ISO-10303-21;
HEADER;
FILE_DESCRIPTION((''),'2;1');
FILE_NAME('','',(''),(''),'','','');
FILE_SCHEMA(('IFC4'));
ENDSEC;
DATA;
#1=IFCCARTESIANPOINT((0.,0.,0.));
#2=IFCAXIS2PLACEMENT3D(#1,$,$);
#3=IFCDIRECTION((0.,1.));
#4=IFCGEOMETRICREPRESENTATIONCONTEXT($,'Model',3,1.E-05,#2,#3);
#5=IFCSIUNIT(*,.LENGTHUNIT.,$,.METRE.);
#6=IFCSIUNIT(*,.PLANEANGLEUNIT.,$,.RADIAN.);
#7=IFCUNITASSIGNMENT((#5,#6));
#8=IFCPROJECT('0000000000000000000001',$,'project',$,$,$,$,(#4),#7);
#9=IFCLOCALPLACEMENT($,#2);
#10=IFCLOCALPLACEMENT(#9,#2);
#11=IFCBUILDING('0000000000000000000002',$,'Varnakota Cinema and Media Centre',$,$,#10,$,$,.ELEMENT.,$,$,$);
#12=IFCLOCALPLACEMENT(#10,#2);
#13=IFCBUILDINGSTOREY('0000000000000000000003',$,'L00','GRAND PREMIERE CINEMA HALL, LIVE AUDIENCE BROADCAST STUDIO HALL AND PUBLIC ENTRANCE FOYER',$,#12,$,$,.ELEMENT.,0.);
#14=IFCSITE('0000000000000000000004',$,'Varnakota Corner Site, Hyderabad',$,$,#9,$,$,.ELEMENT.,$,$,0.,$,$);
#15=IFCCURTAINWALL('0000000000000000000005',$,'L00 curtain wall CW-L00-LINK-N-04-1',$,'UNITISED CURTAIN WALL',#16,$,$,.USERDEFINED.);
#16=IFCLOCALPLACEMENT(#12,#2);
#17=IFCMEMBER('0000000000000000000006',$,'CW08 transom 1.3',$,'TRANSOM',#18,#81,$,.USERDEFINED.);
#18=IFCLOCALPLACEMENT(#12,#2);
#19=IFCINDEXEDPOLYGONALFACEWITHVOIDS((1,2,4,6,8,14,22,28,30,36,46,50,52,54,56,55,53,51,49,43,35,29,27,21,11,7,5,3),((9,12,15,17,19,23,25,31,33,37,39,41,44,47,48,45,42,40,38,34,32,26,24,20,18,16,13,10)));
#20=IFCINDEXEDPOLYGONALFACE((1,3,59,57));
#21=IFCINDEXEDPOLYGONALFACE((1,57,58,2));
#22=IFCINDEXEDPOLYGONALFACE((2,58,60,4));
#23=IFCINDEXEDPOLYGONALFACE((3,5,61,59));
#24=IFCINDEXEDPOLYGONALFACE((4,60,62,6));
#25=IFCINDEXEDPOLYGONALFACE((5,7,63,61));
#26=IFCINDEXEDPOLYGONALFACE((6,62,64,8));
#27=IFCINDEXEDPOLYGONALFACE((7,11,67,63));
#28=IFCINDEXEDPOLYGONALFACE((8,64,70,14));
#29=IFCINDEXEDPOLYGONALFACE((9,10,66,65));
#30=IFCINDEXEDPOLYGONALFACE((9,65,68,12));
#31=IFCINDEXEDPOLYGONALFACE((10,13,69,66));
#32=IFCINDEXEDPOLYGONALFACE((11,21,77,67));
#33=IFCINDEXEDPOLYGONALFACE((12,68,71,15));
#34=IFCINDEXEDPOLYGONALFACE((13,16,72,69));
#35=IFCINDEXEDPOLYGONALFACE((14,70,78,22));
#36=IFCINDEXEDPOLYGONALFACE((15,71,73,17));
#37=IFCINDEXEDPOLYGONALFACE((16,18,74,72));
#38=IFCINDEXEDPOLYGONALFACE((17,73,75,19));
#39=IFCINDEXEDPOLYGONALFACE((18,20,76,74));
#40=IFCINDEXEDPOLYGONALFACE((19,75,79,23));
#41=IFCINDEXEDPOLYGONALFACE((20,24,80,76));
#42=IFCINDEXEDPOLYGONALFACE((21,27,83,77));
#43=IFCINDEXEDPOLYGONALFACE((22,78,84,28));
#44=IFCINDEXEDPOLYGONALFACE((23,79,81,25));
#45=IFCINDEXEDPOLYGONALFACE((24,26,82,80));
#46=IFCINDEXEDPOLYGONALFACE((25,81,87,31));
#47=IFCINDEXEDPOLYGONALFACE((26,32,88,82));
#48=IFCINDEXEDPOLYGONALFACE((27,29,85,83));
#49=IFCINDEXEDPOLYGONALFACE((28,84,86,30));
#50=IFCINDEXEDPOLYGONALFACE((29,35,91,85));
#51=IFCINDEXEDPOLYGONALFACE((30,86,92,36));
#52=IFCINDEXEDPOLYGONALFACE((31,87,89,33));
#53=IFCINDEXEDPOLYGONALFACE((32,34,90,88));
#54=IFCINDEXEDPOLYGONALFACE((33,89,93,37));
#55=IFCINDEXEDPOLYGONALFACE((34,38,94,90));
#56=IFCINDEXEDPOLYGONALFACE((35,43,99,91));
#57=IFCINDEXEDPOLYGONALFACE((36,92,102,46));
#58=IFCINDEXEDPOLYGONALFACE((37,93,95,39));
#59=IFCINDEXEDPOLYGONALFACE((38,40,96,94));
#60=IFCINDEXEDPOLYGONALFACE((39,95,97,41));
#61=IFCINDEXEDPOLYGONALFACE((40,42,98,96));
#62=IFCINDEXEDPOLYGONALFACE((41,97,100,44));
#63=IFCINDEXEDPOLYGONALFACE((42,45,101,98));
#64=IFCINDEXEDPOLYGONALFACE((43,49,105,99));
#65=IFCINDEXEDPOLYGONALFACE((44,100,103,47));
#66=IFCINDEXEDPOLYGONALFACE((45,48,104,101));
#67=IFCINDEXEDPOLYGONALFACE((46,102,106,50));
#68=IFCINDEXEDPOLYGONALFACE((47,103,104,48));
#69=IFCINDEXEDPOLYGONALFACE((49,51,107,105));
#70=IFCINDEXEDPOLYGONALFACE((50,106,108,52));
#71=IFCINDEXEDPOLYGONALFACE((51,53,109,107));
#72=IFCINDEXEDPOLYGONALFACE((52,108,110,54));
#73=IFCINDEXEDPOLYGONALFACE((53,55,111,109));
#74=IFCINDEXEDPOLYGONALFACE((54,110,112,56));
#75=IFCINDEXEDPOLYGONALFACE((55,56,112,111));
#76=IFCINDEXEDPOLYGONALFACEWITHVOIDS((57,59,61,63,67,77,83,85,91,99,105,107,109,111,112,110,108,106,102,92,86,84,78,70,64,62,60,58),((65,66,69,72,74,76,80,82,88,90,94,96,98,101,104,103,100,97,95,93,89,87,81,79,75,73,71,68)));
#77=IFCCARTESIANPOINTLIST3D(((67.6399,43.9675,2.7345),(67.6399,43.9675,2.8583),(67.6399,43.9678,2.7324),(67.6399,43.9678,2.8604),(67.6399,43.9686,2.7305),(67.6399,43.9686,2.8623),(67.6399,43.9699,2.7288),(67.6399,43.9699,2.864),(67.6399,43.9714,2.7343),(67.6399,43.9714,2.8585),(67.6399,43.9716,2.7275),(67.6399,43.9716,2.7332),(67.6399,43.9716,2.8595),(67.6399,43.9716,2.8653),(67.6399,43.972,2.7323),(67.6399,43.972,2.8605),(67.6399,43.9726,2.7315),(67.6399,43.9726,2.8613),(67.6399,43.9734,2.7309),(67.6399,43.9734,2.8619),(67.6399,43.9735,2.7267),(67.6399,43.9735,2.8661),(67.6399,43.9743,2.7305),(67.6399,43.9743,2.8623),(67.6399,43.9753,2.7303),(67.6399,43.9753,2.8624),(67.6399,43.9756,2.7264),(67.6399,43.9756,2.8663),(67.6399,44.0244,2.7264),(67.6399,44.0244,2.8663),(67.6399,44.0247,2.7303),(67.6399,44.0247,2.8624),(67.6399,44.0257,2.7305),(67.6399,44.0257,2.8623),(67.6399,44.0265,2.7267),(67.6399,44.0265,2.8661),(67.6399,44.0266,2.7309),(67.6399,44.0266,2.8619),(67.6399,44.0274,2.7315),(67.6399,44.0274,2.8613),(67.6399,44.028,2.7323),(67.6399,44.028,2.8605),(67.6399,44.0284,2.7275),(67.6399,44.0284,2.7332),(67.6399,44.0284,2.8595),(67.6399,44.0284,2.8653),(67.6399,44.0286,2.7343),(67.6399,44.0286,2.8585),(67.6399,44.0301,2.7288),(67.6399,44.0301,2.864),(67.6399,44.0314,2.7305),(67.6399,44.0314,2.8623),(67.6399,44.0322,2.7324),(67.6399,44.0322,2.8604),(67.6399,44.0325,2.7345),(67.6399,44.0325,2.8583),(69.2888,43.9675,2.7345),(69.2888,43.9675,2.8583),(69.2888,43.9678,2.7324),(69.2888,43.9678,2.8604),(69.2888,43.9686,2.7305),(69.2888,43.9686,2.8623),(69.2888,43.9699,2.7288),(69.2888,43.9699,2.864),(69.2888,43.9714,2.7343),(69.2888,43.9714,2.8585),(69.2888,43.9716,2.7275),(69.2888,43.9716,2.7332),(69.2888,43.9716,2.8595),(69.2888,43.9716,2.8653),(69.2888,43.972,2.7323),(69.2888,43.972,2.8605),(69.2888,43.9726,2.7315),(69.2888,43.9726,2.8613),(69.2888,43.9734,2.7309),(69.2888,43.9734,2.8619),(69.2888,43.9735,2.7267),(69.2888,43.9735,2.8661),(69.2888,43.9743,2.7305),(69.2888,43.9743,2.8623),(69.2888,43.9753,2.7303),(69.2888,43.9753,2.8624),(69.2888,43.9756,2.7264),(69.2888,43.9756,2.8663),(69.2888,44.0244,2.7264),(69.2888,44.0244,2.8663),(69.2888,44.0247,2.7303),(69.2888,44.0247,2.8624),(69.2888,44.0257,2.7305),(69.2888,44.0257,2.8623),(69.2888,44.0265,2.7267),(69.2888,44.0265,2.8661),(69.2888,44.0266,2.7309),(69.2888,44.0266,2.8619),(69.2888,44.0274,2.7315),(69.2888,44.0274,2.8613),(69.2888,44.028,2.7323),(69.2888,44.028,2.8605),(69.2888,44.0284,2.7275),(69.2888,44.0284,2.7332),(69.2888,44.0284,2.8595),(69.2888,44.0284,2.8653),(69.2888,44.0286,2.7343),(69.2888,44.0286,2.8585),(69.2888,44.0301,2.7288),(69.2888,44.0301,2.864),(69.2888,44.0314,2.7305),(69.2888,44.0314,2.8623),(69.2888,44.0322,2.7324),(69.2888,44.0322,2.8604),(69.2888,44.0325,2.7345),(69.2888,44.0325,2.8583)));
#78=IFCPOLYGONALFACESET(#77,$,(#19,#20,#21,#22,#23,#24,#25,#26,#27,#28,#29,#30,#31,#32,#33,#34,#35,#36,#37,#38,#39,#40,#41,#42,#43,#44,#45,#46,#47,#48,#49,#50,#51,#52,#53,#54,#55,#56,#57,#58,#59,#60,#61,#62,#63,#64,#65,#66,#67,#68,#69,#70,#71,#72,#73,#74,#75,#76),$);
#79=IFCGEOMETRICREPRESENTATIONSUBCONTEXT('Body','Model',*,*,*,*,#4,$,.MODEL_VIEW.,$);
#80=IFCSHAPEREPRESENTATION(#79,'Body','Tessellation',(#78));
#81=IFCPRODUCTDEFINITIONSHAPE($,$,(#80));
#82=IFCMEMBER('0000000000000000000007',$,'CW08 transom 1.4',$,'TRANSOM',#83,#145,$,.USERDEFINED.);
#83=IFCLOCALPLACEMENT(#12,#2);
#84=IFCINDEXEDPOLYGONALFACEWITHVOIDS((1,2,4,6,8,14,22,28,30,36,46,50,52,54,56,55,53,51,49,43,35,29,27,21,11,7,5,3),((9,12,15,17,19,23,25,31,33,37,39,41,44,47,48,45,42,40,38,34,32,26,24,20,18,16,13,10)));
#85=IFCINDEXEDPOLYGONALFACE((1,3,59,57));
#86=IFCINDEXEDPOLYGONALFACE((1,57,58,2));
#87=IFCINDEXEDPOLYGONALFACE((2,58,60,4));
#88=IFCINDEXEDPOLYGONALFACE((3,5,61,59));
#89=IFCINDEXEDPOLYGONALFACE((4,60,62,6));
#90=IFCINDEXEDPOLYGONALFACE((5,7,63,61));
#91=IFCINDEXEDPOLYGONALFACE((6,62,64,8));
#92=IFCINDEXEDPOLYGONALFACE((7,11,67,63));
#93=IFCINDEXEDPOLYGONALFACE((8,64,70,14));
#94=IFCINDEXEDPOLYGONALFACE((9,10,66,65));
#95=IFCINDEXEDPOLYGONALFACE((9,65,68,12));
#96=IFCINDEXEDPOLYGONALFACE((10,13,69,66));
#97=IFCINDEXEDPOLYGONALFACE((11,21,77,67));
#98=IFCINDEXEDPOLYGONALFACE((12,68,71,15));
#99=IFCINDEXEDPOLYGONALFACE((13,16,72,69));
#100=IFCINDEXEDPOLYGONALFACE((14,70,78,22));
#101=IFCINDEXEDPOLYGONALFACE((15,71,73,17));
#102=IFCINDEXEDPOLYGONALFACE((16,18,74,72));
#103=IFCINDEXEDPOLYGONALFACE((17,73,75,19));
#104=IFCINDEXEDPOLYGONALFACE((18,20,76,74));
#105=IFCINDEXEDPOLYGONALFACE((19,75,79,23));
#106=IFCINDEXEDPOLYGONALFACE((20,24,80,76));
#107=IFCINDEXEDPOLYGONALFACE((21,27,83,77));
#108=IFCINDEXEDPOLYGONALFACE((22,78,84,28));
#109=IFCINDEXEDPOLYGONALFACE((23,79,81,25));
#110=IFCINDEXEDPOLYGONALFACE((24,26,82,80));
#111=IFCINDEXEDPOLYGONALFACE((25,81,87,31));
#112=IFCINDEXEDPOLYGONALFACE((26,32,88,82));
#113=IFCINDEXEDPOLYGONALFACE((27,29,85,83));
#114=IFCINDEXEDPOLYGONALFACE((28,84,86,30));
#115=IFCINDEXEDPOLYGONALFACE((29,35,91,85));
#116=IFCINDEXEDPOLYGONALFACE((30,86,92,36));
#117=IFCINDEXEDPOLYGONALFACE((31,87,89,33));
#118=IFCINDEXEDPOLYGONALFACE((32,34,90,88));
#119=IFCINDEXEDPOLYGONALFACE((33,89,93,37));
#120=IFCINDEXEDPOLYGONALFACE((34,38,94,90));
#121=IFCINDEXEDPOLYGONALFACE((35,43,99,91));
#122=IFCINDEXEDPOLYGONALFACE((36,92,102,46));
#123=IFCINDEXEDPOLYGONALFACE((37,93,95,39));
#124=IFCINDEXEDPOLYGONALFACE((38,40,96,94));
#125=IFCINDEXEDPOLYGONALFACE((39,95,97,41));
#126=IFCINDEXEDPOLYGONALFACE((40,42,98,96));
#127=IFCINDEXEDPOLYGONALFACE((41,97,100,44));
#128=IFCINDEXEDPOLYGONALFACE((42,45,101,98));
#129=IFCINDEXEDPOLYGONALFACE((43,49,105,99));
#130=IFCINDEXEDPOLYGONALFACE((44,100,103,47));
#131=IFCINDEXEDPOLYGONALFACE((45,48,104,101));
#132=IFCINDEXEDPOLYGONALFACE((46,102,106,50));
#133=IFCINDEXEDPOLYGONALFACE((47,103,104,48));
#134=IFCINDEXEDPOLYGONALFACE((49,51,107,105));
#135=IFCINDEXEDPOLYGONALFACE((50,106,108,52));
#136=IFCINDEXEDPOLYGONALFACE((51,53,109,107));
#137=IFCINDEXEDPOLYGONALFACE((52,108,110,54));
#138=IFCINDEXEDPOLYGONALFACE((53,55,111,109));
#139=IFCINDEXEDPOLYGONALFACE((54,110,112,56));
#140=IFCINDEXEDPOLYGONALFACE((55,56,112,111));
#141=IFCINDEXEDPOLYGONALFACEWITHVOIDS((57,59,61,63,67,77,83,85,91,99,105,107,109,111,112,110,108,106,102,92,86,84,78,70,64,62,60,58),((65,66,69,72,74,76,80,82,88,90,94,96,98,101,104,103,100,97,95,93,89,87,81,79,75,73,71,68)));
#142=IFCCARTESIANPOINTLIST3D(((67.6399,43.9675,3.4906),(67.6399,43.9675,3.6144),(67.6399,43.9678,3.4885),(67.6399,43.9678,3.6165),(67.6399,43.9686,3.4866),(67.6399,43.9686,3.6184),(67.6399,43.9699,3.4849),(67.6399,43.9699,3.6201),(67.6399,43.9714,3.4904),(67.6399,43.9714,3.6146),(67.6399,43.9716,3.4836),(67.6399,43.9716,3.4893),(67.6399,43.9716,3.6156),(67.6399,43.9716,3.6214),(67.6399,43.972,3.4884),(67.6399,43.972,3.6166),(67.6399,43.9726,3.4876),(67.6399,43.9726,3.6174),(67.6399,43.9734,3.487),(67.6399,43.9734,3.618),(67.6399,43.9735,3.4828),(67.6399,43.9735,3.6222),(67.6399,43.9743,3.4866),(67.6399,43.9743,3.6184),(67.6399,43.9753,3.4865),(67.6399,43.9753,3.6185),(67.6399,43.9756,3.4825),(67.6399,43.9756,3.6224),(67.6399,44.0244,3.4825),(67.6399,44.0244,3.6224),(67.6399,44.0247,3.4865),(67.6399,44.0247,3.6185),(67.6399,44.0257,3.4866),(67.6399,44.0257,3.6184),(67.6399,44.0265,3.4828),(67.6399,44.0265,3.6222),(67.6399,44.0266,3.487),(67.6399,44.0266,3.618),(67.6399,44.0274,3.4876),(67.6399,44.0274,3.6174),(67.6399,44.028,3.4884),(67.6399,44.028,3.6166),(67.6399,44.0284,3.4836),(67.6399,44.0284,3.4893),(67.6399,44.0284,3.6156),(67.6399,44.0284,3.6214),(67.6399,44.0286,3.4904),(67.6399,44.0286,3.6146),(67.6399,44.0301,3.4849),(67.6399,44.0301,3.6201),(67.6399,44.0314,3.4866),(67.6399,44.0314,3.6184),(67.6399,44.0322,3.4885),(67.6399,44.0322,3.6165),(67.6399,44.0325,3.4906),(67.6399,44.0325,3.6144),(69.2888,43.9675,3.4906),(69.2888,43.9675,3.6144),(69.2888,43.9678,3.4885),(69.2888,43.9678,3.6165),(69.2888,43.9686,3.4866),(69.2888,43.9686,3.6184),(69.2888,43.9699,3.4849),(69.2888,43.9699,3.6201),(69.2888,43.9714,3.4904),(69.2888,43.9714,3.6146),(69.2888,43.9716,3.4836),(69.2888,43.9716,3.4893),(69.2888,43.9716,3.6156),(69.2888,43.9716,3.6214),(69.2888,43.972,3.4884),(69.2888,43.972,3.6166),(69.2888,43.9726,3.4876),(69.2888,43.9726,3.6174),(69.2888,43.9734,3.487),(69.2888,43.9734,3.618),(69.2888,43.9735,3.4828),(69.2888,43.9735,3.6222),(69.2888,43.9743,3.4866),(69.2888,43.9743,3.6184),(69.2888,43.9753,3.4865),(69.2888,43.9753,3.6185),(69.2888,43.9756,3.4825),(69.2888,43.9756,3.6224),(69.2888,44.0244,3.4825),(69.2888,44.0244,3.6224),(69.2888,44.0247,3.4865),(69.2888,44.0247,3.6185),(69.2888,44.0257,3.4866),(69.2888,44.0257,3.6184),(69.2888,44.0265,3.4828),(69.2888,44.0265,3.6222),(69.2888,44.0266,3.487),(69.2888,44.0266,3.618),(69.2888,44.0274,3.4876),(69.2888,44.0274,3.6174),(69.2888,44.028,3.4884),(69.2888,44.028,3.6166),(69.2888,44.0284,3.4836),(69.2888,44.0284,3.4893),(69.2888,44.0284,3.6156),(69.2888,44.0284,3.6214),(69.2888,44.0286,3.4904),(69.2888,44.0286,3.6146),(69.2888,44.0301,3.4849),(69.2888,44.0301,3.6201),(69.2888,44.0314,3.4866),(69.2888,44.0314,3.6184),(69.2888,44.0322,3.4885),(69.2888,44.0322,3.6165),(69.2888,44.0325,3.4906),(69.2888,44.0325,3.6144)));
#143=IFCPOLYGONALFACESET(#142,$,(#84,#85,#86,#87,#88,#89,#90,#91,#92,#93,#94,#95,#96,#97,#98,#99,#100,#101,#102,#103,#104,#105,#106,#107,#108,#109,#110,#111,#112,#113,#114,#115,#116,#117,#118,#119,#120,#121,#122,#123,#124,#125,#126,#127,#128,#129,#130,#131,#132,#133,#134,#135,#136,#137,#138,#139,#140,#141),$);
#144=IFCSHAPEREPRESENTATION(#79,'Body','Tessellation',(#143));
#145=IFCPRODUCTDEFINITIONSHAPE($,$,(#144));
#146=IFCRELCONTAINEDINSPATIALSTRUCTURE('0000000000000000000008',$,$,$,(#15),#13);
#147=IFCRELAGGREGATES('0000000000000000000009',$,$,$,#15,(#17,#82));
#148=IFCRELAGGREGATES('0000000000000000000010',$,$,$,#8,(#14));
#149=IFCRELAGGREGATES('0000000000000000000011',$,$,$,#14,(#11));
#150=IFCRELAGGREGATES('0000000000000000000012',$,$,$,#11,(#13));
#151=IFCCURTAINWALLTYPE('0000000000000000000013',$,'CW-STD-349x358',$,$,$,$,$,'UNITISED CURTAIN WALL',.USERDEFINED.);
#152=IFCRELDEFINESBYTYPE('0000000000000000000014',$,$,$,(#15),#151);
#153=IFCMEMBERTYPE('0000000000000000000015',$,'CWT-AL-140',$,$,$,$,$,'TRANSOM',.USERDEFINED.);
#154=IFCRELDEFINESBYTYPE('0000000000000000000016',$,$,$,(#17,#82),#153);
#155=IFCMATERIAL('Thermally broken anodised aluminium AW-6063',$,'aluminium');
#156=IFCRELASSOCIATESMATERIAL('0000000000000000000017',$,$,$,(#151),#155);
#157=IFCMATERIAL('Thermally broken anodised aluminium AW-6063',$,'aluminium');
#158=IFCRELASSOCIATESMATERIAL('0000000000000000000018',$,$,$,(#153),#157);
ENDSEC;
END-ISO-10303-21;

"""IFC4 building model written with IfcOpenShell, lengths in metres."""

from ifc_helpers import new_model, si_unit, direction, frame, origin, origin_2d, place, context, subcontext, project, spatial, hollow_rectangle, extrude, material, material_profile, profile_set, type_object, element, aggregate, save


model = new_model("IFC4")

# Units and contexts
model_context = context("Model", 3, precision=1e-05, world=origin(), true_north=direction((0.0, 1.0)))
body_context = subcontext(model_context, "Body", "Model", "MODEL_VIEW")
ifc_project = project(units=[si_unit("LENGTHUNIT", "METRE"), si_unit("PLANEANGLEUNIT", "RADIAN")], contexts=[model_context])

# Site, building, storey
site_placement = place(None, origin())
site = spatial("IfcSite", under=ifc_project, at=site_placement, Name="Varnakota Corner Site, Hyderabad", CompositionType="ELEMENT", RefElevation=0.0)
building_placement = place(site_placement, origin())
building = spatial("IfcBuilding", under=site, at=building_placement, Name="Varnakota Cinema and Media Centre", CompositionType="ELEMENT")
storey_placement = place(building_placement, origin())
storey = spatial("IfcBuildingStorey", under=building, at=storey_placement, Name="L00", Description="GRAND PREMIERE CINEMA HALL, LIVE AUDIENCE BROADCAST STUDIO HALL AND PUBLIC ENTRANCE FOYER", CompositionType="ELEMENT", Elevation=0.0)

# Curtain wall
ifc_material_1 = material(Name="Thermally broken anodised aluminium AW-6063", Category="aluminium")
curtain_wall_type = type_object("IfcCurtainWallType", Name="CW-STD-349x358", ElementType="UNITISED CURTAIN WALL", PredefinedType="USERDEFINED", material=ifc_material_1)
curtain_wall_1_placement = place(storey_placement, origin())
curtain_wall_1 = element("IfcCurtainWall", 1, at=curtain_wall_1_placement, inside=storey, type_object=curtain_wall_type, Name="L00 curtain wall CW-L00-LINK-N-04-1", ObjectType="UNITISED CURTAIN WALL", PredefinedType="USERDEFINED")

# Members
ifc_material_2 = material(Name="Thermally broken anodised aluminium AW-6063", Category="aluminium")
ifc_material_profile_1 = material_profile(ifc_material_2, hollow_rectangle(XDim=0.0649, YDim=0.1399, WallThickness=0.0039, InnerFilletRadius=0.0039, OuterFilletRadius=0.0081, at=origin_2d()), Name="AL-TRANSOM 140x65x4")
ifc_profile_set_1 = profile_set([ifc_material_profile_1], Name="Thermally broken anodised aluminium AW-6063")
member_type_1 = type_object("IfcMemberType", Name="CWT-AL-140", ElementType="TRANSOM", PredefinedType="USERDEFINED", material=ifc_profile_set_1)
member_1_placement = place(storey_placement, frame((67.6399, 44.0, 2.7964), z_axis=(1.0, 0.0, 0.0), x_axis=(0.0, 1.0, 0.0)))
member_1 = element("IfcMember", 2, at=member_1_placement, type_object=member_type_1, Name="CW08 transom 1.3", ObjectType="TRANSOM", PredefinedType="USERDEFINED", context=body_context, shape_type="SweptSolid", body=[
    extrude(hollow_rectangle(XDim=0.0649, YDim=0.1399, WallThickness=0.0039, InnerFilletRadius=0.0039, OuterFilletRadius=0.0081, at=origin_2d()), origin(), (0.0, 0.0, 1.0), 1.6489),
])
member_2_placement = place(storey_placement, frame((67.6399, 44.0, 3.5525), z_axis=(1.0, 0.0, 0.0), x_axis=(0.0, 1.0, 0.0)))
member_2 = element("IfcMember", 3, at=member_2_placement, type_object=member_type_1, Name="CW08 transom 1.4", ObjectType="TRANSOM", PredefinedType="USERDEFINED", context=body_context, shape_type="SweptSolid", body=[
    extrude(hollow_rectangle(XDim=0.0649, YDim=0.1399, WallThickness=0.0039, InnerFilletRadius=0.0039, OuterFilletRadius=0.0081, at=origin_2d()), origin(), (0.0, 0.0, 1.0), 1.6489),
])

aggregate(curtain_wall_1, [member_1, member_2])

save(model, "model.ifc")
